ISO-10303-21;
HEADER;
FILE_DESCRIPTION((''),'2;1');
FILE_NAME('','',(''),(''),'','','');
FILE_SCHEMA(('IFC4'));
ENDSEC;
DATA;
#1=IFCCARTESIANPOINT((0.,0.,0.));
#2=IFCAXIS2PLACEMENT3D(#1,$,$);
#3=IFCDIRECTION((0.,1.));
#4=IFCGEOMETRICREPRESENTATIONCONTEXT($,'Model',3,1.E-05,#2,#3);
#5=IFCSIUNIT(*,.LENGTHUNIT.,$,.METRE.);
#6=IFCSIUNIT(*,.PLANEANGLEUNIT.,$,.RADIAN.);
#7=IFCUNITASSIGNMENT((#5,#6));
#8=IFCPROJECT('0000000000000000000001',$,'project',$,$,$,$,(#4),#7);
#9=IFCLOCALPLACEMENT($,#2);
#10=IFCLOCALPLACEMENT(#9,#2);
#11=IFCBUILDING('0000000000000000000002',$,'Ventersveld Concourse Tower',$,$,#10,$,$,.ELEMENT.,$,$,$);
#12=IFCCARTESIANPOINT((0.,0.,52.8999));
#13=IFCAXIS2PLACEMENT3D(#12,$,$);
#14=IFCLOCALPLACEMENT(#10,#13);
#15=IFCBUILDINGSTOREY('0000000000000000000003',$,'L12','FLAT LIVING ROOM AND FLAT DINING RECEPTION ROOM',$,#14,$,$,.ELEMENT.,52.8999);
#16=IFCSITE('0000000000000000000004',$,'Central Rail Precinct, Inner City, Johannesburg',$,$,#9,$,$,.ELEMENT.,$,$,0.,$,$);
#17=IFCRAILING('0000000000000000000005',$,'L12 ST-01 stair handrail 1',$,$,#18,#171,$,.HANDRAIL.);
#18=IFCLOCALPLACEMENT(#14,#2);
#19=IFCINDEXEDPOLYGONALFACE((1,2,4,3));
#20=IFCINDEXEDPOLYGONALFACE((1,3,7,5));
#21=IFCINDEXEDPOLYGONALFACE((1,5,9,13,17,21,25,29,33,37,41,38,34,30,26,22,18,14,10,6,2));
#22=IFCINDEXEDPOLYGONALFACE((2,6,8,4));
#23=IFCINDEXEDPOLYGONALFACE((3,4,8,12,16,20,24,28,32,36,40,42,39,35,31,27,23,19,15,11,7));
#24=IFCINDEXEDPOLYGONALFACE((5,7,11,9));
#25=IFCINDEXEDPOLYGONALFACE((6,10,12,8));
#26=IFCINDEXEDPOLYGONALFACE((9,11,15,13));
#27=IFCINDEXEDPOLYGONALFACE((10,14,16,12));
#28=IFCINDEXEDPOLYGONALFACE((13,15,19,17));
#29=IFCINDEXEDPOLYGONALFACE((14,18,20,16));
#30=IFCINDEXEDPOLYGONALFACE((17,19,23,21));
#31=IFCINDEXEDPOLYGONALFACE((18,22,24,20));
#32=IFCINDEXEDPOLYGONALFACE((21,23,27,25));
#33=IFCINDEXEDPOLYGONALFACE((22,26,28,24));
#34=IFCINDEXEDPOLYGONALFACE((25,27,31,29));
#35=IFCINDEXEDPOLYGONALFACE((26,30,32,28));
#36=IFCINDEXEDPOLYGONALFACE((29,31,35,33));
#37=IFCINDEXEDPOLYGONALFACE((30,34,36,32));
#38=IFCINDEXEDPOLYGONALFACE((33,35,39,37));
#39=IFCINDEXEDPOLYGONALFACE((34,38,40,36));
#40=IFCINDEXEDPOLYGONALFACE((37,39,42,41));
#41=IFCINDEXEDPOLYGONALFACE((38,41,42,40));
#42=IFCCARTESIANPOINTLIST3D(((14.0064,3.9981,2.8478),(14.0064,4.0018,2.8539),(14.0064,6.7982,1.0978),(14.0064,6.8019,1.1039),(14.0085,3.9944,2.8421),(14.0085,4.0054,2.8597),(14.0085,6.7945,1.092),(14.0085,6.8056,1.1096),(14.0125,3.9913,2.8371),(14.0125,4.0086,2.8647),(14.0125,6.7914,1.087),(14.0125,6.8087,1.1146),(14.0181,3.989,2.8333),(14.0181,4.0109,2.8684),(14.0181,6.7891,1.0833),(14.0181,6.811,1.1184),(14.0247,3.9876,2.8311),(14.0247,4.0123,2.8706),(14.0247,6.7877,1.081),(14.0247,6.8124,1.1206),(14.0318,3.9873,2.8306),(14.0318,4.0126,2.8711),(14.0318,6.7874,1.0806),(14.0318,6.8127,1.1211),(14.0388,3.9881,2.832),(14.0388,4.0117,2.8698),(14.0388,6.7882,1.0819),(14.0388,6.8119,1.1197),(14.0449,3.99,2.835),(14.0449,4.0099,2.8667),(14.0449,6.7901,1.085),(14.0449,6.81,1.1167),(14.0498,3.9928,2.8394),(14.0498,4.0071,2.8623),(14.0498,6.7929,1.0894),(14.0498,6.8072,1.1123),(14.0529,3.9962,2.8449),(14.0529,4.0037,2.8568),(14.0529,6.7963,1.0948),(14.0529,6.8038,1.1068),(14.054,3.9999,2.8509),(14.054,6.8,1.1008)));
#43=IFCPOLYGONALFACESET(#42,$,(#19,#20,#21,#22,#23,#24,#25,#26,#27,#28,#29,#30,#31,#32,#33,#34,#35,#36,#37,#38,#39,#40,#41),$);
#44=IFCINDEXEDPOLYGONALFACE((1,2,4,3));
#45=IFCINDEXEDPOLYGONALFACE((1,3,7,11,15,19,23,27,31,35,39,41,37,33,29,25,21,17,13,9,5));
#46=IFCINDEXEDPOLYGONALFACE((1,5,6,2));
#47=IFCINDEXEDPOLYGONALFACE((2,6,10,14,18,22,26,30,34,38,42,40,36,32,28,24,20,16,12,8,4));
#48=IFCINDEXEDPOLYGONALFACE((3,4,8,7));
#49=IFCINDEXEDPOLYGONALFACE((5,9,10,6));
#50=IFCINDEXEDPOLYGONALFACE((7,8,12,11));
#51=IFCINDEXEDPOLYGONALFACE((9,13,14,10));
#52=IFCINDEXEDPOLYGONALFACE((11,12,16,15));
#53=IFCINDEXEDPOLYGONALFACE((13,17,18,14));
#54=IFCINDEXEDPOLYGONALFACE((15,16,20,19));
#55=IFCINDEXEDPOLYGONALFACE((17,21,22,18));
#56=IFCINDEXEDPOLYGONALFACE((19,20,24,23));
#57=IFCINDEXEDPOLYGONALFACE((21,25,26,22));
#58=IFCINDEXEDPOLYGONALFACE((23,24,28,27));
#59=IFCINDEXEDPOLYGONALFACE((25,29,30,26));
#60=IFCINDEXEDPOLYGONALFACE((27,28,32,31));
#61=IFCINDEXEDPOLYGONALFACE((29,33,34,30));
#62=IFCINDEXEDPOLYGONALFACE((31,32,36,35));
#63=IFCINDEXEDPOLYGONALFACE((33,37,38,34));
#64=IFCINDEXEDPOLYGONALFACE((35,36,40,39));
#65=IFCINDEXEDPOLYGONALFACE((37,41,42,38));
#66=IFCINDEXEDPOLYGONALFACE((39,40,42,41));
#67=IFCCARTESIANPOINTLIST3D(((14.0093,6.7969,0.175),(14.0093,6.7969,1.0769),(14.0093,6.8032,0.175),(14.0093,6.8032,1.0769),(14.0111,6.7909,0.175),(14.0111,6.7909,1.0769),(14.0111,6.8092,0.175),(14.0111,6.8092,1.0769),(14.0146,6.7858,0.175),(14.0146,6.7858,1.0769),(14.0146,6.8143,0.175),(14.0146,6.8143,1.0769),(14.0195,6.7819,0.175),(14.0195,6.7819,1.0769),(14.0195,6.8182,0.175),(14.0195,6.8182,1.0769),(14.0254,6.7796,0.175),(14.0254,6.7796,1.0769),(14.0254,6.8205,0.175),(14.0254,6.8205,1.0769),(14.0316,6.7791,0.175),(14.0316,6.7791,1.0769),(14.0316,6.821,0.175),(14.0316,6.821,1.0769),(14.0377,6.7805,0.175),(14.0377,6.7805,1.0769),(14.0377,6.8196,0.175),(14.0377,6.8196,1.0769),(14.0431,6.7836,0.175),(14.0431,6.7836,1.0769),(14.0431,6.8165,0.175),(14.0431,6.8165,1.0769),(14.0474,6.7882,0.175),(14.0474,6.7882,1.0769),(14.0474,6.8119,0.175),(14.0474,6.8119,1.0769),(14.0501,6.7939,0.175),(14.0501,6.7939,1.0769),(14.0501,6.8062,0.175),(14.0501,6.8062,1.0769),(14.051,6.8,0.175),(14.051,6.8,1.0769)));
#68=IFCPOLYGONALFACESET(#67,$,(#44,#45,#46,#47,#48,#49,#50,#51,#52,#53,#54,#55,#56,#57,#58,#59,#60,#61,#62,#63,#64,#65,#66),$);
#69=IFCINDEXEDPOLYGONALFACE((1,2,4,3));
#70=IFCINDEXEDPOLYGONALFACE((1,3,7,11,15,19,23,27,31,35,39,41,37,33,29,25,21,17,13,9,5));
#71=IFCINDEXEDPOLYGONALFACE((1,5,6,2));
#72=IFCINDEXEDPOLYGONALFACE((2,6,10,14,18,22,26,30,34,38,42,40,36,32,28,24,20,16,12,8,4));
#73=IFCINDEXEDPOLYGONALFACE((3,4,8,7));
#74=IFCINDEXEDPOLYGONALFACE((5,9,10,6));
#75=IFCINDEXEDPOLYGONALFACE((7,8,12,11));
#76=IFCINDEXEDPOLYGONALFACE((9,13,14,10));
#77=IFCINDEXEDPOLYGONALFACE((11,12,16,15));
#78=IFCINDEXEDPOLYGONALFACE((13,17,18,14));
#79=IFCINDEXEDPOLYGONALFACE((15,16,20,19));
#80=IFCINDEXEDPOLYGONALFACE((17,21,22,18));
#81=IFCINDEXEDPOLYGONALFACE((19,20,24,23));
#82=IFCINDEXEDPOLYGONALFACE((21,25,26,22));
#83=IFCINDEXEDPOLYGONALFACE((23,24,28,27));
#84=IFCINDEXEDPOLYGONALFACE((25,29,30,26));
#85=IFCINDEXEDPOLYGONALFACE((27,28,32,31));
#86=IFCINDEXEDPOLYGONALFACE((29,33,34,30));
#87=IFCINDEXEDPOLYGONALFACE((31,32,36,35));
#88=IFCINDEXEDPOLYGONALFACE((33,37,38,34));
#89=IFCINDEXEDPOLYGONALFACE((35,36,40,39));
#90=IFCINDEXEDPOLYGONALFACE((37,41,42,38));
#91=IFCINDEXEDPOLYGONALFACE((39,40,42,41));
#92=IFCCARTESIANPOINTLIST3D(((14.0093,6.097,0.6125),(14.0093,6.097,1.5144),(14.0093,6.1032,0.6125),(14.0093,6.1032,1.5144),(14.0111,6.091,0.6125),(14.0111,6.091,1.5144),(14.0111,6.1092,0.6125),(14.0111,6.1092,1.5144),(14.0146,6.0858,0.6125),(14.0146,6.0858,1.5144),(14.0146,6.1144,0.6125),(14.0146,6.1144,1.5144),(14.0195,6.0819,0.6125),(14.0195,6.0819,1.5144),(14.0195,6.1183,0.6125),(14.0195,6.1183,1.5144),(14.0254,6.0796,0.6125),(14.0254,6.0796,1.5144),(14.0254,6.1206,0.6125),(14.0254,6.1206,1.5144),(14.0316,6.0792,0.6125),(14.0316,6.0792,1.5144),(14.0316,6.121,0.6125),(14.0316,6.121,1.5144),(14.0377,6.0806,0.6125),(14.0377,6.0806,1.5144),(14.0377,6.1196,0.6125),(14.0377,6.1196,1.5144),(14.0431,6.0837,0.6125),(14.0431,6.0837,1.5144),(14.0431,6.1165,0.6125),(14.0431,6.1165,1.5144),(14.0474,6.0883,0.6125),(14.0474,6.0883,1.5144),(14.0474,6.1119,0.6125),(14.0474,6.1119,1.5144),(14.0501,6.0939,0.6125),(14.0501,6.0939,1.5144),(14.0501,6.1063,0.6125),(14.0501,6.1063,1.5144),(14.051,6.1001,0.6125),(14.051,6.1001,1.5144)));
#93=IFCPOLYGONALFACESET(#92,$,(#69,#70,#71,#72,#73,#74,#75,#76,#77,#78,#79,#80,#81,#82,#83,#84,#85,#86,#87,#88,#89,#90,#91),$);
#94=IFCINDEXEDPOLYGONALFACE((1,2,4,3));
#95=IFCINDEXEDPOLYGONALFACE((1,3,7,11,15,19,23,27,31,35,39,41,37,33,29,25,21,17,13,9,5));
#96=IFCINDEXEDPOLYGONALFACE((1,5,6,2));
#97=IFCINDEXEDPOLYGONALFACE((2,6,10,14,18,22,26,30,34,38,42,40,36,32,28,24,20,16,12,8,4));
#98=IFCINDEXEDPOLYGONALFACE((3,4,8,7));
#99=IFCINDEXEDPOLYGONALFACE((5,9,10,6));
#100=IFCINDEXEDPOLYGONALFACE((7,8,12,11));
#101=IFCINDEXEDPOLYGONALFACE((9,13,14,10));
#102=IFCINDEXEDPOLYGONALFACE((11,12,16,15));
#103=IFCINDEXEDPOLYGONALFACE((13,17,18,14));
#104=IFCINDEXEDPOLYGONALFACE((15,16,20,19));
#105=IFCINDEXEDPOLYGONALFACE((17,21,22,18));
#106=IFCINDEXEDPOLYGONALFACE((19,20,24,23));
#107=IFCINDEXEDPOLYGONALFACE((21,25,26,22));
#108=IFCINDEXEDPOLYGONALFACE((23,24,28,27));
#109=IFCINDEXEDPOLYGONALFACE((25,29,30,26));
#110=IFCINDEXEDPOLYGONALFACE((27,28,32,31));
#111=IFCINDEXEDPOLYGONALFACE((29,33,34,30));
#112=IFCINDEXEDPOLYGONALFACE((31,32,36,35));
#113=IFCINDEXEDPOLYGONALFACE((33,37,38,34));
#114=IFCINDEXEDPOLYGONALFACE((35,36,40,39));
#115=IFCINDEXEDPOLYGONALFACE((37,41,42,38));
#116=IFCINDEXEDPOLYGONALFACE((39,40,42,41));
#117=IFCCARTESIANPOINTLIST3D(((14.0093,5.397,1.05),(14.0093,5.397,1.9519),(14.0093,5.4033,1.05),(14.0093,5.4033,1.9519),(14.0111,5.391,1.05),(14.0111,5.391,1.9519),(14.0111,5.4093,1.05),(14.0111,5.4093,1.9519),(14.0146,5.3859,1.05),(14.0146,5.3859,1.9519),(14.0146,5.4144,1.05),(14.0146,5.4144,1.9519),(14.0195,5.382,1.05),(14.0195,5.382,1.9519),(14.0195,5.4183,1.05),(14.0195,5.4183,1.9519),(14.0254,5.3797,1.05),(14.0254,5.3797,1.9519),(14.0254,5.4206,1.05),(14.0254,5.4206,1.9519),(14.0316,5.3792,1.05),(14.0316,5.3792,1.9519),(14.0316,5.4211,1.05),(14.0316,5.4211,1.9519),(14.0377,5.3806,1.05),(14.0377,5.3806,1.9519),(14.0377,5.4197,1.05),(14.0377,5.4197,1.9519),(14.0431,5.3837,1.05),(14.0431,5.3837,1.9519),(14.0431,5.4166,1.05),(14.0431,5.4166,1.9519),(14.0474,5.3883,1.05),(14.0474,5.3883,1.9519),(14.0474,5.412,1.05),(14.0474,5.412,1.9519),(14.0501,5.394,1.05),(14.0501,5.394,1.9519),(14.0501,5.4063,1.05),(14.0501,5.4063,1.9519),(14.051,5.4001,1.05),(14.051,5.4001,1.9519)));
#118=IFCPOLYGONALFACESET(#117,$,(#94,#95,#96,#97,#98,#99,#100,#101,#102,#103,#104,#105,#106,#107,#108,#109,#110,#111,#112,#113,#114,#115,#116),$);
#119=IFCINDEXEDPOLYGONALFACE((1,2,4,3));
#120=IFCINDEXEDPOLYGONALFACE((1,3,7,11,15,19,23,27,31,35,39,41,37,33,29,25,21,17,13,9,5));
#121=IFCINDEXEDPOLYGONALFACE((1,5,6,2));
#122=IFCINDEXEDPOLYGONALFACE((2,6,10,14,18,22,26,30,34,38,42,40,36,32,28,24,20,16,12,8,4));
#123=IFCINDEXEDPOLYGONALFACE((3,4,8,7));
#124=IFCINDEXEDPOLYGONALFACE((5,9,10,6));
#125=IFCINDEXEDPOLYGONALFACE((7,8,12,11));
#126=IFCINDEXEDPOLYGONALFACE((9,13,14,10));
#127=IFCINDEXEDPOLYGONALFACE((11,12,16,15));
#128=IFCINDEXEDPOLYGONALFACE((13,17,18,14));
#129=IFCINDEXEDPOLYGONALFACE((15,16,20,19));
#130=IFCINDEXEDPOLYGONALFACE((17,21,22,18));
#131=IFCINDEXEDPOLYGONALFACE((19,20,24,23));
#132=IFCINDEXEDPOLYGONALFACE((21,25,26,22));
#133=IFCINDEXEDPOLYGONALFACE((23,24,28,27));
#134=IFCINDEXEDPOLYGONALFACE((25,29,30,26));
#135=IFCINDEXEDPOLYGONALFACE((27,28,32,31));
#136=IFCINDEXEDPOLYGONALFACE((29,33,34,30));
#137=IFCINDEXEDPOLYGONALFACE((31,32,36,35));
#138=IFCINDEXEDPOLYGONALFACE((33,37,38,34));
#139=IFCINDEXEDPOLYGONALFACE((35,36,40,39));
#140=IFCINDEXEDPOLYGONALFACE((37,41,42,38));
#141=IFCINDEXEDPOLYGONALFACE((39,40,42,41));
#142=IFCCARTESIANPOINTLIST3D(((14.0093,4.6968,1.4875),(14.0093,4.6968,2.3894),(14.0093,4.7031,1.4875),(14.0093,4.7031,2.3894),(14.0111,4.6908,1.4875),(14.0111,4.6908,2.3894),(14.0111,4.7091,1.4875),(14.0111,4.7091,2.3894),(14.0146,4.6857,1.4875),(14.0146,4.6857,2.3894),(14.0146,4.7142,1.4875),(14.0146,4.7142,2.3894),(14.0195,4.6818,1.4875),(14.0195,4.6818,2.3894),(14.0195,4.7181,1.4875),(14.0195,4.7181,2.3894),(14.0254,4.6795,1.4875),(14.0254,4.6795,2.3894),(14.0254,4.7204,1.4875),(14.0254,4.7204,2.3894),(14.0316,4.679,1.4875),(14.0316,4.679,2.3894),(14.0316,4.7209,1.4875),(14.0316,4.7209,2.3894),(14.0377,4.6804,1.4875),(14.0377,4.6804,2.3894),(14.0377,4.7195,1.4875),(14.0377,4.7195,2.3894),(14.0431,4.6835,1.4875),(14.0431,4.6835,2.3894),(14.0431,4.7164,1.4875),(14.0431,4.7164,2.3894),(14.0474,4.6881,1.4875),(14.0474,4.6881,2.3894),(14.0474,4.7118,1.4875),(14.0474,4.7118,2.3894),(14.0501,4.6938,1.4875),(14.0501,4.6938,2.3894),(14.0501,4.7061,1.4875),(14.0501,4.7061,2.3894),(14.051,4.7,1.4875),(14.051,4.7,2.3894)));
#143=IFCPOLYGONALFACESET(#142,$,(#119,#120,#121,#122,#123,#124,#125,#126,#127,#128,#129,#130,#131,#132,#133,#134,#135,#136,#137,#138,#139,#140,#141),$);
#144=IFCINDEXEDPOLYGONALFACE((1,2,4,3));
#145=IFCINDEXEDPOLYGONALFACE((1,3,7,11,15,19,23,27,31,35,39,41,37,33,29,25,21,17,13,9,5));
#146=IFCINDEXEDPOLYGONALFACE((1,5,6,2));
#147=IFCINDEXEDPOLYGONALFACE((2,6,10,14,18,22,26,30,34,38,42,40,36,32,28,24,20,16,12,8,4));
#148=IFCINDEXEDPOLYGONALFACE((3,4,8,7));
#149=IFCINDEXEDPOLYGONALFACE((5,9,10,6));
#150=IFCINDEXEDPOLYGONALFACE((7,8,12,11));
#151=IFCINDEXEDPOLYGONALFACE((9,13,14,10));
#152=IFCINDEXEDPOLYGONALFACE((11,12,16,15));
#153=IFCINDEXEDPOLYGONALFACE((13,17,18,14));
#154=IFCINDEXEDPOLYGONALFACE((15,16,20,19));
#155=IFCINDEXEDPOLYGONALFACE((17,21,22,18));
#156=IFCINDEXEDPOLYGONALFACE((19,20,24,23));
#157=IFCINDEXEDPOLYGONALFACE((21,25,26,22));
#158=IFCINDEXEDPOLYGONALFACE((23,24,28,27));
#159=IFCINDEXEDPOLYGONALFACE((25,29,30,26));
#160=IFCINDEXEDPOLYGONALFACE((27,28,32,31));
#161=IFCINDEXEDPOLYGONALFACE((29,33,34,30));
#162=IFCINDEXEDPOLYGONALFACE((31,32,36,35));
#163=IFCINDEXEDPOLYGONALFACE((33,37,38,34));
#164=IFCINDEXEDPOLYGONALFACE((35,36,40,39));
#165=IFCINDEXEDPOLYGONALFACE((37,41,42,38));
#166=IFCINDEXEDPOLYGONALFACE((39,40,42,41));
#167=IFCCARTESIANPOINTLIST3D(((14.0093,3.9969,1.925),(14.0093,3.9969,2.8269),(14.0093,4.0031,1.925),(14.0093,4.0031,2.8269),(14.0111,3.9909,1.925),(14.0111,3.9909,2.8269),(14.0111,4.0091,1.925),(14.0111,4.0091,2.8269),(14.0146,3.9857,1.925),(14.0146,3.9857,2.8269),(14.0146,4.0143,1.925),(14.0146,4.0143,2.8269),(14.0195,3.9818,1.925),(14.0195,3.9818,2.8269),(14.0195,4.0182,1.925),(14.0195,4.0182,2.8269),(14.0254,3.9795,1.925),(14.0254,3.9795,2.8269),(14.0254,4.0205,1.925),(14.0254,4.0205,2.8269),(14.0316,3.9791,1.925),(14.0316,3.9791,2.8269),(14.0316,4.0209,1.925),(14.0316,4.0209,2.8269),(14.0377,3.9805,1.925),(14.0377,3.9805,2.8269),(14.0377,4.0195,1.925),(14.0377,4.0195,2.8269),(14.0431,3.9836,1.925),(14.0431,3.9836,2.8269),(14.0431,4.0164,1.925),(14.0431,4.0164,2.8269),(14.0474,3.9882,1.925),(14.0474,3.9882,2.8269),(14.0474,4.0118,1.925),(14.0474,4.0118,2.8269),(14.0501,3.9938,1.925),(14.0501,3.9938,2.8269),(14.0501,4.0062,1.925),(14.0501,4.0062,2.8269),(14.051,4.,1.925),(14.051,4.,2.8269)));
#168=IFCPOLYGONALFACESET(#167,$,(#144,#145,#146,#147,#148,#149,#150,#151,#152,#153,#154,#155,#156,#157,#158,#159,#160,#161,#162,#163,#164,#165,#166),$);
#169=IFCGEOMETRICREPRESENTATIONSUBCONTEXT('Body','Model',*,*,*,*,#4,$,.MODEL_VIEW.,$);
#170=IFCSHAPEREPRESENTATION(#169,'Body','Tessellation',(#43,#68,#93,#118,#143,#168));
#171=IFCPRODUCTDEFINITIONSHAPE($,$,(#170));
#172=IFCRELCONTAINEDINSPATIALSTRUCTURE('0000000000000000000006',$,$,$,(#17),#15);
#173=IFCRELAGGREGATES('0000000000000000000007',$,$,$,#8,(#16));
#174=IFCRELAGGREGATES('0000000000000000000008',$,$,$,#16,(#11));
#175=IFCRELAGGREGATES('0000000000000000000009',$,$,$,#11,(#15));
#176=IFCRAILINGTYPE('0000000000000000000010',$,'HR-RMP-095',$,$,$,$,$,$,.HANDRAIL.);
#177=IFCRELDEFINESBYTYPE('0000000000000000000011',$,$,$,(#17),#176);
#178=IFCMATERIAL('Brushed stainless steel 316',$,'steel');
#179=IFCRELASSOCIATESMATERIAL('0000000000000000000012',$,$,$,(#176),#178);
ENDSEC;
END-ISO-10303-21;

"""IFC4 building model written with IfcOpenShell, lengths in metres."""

from ifc_helpers import new_model, si_unit, direction, frame, origin, origin_2d, place, context, subcontext, project, spatial, circle, extrude, material, type_object, element, save


model = new_model("IFC4")

# Units and contexts
model_context = context("Model", 3, precision=1e-05, world=origin(), true_north=direction((0.0, 1.0)))
body_context = subcontext(model_context, "Body", "Model", "MODEL_VIEW")
ifc_project = project(units=[si_unit("LENGTHUNIT", "METRE"), si_unit("PLANEANGLEUNIT", "RADIAN")], contexts=[model_context])

# Site, building, storey
site_placement = place(None, origin())
site = spatial("IfcSite", under=ifc_project, at=site_placement, Name="Central Rail Precinct, Inner City, Johannesburg", CompositionType="ELEMENT", RefElevation=0.0)
building_placement = place(site_placement, origin())
building = spatial("IfcBuilding", under=site, at=building_placement, Name="Ventersveld Concourse Tower", CompositionType="ELEMENT")
storey_placement = place(building_placement, frame((0.0, 0.0, 52.8999)))
storey = spatial("IfcBuildingStorey", under=building, at=storey_placement, Name="L12", Description="FLAT LIVING ROOM AND FLAT DINING RECEPTION ROOM", CompositionType="ELEMENT", Elevation=52.8999)

# Railing
ifc_material_1 = material(Name="Brushed stainless steel 316", Category="steel")
railing_type_1 = type_object("IfcRailingType", Name="HR-RMP-095", PredefinedType="HANDRAIL", material=ifc_material_1)
railing_1_placement = place(storey_placement, frame((14.03, 6.8, 0.175)))
element("IfcRailing", 1, at=railing_1_placement, inside=storey, type_object=railing_type_1, Name="L12 ST-01 stair handrail 1", PredefinedType="HANDRAIL", context=body_context, shape_type="SweptSolid", body=[
    extrude(circle(Radius=0.0239, at=origin_2d()), frame((0.0, 0.0, 0.9258), z_axis=(0.0, -0.848002, 0.529992), x_axis=(1.0, 0.0, 0.0)), (0.0, 0.0, 1.0), 3.302),
    extrude(circle(Radius=0.021, at=origin_2d()), origin(), (0.0, 0.0, 1.0), 0.9019),
    extrude(circle(Radius=0.021, at=origin_2d()), frame((0.0, -0.7, 0.4375)), (0.0, 0.0, 1.0), 0.9019),
    extrude(circle(Radius=0.021, at=origin_2d()), frame((0.0, -1.3999, 0.875)), (0.0, 0.0, 1.0), 0.9019),
    extrude(circle(Radius=0.021, at=origin_2d()), frame((0.0, -2.1001, 1.3125)), (0.0, 0.0, 1.0), 0.9019),
    extrude(circle(Radius=0.021, at=origin_2d()), frame((0.0, -2.8, 1.75)), (0.0, 0.0, 1.0), 0.9019),
])

save(model, "model.ifc")
